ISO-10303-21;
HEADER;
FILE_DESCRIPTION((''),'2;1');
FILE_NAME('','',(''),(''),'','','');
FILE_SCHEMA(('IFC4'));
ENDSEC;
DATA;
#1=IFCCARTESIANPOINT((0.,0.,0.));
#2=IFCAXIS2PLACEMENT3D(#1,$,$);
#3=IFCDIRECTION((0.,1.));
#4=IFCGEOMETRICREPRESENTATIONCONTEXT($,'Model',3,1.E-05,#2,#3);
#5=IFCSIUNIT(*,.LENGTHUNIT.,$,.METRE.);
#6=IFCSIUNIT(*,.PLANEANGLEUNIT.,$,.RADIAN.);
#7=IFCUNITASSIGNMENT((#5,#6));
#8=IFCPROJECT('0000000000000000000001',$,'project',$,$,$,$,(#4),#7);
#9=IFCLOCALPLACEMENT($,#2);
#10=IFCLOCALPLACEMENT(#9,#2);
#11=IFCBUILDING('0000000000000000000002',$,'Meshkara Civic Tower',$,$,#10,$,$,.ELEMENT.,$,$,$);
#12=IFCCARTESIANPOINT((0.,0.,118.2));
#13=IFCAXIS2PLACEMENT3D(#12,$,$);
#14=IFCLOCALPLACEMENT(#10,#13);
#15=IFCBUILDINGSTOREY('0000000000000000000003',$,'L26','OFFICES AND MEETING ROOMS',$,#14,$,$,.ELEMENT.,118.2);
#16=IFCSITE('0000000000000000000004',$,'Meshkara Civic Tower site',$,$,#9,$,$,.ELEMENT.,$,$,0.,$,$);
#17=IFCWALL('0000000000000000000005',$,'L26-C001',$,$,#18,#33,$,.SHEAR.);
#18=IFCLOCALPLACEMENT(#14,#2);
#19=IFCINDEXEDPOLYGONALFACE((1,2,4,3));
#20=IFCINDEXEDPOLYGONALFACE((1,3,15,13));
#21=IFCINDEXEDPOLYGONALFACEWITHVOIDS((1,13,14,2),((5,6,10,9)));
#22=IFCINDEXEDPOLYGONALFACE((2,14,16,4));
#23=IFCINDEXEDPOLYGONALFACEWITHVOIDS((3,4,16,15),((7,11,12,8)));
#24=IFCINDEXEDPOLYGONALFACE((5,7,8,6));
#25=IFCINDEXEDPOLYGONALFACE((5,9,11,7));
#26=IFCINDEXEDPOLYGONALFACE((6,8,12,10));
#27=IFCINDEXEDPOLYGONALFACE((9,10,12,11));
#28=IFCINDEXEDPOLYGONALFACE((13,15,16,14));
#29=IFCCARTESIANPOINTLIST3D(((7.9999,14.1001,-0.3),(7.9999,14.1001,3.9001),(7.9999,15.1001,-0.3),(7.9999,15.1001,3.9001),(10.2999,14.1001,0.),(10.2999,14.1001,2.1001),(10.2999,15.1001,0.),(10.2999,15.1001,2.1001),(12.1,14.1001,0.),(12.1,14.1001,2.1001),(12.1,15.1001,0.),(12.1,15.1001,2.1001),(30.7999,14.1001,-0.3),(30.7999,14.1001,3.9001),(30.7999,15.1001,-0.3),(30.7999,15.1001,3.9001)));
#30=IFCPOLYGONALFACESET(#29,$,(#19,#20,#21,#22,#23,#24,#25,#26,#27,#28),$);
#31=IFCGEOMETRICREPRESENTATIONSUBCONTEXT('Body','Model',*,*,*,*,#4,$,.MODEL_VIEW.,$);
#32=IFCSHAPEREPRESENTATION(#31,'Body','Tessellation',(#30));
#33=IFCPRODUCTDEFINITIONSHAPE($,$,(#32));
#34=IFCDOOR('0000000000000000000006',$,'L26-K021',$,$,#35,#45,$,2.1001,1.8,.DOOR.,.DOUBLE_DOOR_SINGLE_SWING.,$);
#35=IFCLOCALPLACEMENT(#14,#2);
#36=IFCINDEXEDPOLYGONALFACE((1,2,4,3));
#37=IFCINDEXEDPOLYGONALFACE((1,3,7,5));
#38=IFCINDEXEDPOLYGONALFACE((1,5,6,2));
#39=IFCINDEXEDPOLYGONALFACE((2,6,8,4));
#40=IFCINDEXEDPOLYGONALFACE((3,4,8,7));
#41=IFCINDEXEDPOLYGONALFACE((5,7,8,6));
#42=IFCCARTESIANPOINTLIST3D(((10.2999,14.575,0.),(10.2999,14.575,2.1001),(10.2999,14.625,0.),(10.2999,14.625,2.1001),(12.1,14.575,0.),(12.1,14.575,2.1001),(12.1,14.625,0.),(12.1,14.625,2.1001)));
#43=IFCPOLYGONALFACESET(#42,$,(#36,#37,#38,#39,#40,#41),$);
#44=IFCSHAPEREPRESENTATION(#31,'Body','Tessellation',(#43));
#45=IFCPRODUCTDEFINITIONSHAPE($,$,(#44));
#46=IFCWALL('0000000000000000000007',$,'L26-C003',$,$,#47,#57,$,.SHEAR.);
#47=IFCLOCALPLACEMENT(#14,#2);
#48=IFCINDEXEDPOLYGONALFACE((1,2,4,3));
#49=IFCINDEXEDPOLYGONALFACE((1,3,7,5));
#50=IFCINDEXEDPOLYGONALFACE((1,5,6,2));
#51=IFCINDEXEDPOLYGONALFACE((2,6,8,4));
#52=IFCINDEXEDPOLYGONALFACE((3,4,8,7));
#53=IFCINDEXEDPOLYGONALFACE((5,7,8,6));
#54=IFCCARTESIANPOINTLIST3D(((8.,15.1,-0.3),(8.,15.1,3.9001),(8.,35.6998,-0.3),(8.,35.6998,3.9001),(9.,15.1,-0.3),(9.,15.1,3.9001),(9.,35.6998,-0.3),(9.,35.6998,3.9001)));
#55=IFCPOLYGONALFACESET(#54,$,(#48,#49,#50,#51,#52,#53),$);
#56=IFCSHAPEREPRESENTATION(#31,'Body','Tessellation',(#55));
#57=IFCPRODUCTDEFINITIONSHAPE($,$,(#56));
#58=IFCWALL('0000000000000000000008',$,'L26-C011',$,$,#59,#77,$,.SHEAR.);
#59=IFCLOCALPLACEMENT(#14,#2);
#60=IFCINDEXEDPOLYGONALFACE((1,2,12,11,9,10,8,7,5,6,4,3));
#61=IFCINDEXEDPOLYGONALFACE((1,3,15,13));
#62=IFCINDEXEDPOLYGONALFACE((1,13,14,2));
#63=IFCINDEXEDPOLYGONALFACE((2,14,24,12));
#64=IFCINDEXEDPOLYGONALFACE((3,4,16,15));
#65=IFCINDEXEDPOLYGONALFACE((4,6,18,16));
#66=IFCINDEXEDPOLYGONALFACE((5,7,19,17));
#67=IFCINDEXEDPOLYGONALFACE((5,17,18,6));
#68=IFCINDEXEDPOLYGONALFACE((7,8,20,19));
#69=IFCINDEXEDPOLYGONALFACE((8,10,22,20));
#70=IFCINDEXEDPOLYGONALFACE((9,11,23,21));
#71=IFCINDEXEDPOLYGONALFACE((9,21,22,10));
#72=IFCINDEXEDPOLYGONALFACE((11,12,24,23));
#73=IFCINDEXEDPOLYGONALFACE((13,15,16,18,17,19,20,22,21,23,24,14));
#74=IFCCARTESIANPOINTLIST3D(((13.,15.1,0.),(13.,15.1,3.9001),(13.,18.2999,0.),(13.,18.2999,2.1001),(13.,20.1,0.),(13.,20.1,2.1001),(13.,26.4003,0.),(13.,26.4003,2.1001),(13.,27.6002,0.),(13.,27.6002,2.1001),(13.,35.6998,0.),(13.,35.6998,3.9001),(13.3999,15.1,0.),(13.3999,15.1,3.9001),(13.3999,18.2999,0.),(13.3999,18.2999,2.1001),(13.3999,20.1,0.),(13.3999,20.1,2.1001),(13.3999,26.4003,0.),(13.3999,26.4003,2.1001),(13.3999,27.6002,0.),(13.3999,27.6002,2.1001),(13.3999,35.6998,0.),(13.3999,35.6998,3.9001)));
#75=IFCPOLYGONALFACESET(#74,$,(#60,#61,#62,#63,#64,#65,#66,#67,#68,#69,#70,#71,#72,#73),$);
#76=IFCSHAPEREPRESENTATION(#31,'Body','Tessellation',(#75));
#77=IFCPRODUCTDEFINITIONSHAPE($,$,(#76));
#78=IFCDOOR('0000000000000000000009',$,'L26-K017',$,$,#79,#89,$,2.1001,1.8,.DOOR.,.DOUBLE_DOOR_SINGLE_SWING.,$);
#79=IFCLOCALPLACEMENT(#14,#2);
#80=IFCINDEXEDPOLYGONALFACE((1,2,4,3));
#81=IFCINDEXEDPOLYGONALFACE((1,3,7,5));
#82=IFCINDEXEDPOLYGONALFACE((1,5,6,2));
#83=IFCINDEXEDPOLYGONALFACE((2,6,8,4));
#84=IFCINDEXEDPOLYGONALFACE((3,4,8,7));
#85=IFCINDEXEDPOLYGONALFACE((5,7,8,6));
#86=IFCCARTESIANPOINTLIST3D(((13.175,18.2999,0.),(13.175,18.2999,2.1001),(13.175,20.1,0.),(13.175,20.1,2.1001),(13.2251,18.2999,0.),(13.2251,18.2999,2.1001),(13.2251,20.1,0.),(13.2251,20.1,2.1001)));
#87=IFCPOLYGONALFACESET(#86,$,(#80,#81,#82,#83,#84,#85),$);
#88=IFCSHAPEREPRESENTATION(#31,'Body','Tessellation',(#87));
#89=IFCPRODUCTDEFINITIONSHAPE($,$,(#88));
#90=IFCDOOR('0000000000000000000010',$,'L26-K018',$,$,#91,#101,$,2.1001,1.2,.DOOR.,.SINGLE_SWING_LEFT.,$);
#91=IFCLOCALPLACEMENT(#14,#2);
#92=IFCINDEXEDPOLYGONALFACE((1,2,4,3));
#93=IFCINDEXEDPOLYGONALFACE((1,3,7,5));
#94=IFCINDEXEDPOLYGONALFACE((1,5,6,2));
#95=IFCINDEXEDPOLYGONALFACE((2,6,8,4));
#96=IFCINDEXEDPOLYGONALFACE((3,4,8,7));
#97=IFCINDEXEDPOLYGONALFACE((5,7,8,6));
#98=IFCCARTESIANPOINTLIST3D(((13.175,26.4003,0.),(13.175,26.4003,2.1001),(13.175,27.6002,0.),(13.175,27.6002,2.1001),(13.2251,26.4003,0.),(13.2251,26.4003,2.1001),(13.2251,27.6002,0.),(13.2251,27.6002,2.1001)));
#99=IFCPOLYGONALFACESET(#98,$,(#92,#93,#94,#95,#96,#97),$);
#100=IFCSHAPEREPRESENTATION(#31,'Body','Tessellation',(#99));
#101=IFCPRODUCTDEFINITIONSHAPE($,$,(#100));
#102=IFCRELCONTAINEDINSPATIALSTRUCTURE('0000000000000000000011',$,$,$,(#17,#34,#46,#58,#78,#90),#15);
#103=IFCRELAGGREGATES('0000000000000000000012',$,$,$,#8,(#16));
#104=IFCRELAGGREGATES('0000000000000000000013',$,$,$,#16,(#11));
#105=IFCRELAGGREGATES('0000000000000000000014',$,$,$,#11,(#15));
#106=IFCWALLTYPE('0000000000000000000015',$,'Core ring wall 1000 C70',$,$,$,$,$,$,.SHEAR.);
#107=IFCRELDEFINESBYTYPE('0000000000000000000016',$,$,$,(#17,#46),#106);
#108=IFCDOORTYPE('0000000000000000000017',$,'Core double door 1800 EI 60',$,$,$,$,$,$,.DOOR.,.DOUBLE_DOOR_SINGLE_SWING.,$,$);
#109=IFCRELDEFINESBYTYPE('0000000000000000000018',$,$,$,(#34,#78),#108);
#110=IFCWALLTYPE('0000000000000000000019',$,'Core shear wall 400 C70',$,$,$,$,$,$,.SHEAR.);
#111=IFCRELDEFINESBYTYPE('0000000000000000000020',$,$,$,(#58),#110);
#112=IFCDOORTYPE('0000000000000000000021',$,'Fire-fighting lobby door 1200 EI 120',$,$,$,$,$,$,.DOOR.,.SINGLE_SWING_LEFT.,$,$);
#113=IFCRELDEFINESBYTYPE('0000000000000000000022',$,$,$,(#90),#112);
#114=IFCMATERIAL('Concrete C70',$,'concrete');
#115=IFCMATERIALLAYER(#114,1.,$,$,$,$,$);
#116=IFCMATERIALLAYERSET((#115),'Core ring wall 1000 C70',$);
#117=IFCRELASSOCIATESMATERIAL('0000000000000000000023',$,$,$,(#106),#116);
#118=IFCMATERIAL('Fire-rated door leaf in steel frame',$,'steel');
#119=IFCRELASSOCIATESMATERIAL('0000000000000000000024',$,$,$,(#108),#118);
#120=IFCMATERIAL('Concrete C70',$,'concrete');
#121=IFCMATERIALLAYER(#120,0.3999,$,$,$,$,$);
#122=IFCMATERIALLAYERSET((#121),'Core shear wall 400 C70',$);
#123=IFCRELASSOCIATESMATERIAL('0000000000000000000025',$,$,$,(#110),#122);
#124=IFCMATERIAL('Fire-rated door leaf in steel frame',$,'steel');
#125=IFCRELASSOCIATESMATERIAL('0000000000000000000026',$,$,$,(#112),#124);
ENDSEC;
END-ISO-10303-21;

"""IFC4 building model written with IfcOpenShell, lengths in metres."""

from ifc_helpers import new_model, si_unit, direction, frame, frame_2d, origin, place, context, subcontext, project, spatial, rectangle, extrude, material, layer, layer_set, type_object, element, fill, save


model = new_model("IFC4")

# Units and contexts
model_context = context("Model", 3, precision=1e-05, world=origin(), true_north=direction((0.0, 1.0)))
body_context = subcontext(model_context, "Body", "Model", "MODEL_VIEW")
ifc_project = project(units=[si_unit("LENGTHUNIT", "METRE"), si_unit("PLANEANGLEUNIT", "RADIAN")], contexts=[model_context])

# Site, building, storey
site_placement = place(None, origin())
site = spatial("IfcSite", under=ifc_project, at=site_placement, Name="Meshkara Civic Tower site", CompositionType="ELEMENT", RefElevation=0.0)
building_placement = place(site_placement, origin())
building = spatial("IfcBuilding", under=site, at=building_placement, Name="Meshkara Civic Tower", CompositionType="ELEMENT")
storey_placement = place(building_placement, frame((0.0, 0.0, 118.2)))
storey = spatial("IfcBuildingStorey", under=building, at=storey_placement, Name="L26", Description="OFFICES AND MEETING ROOMS", CompositionType="ELEMENT", Elevation=118.2)

# Wall, opening, door
ifc_material_1 = material(Name="Concrete C70", Category="concrete")
ifc_layer_1 = layer(ifc_material_1, 1.0)
ifc_layer_set_1 = layer_set([ifc_layer_1], Name="Core ring wall 1000 C70")
wall_type_1 = type_object("IfcWallType", Name="Core ring wall 1000 C70", PredefinedType="SHEAR", material=ifc_layer_set_1)
wall_1_placement = place(storey_placement, frame((8.0, 14.6001, -0.3), z_axis=(0.0, 0.0, 1.0), x_axis=(1.0, 0.0, 0.0)))
wall_1 = element("IfcWall", 1, at=wall_1_placement, inside=storey, type_object=wall_type_1, Name="L26-C001", PredefinedType="SHEAR", context=body_context, shape_type="SweptSolid", body=[
    extrude(rectangle(XDim=22.8, YDim=1.0, at=frame_2d((11.3999, 0.0))), origin(), (0.0, 0.0, 1.0), 4.2002),
])
opening_1_placement = place(wall_1_placement, frame((2.3, 0.0, 0.3)))
opening_1 = element("IfcOpeningElement", 2, at=opening_1_placement, cuts=wall_1, PredefinedType="OPENING", context=body_context, shape_type="SweptSolid", body=[
    extrude(rectangle(XDim=1.8, YDim=2.1001, at=frame_2d((0.8999, 1.05))), frame((0.0, 0.51, 0.0), z_axis=(0.0, -1.0, 0.0), x_axis=(1.0, 0.0, 0.0)), (0.0, 0.0, 1.0), 1.02),
])
ifc_material_2 = material(Name="Fire-rated door leaf in steel frame", Category="steel")
door_type_1 = type_object("IfcDoorType", Name="Core double door 1800 EI 60", OperationType="DOUBLE_DOOR_SINGLE_SWING", PredefinedType="DOOR", material=ifc_material_2)
door_1_placement = place(opening_1_placement, origin())
door_1 = element("IfcDoor", 3, at=door_1_placement, inside=storey, type_object=door_type_1, Name="L26-K021", OperationType="DOUBLE_DOOR_SINGLE_SWING", OverallHeight=2.1001, OverallWidth=1.8, PredefinedType="DOOR", context=body_context, shape_type="SweptSolid", body=[
    extrude(rectangle(XDim=1.8, YDim=2.1001, at=frame_2d((0.8999, 1.05))), frame((0.0, 0.0249, 0.0), z_axis=(0.0, -1.0, 0.0), x_axis=(1.0, 0.0, 0.0)), (0.0, 0.0, 1.0), 0.05),
])
fill(opening_1, door_1)

# Wall
wall_2_placement = place(storey_placement, frame((8.5, 15.1001, -0.3), z_axis=(0.0, 0.0, 1.0), x_axis=(0.0, 1.0, 0.0)))
element("IfcWall", 4, at=wall_2_placement, inside=storey, type_object=wall_type_1, Name="L26-C003", PredefinedType="SHEAR", context=body_context, shape_type="SweptSolid", body=[
    extrude(rectangle(XDim=20.5999, YDim=1.0, at=frame_2d((10.2998, 0.0))), origin(), (0.0, 0.0, 1.0), 4.2002),
])

# Wall, openings, doors
ifc_material_3 = material(Name="Concrete C70", Category="concrete")
ifc_layer_2 = layer(ifc_material_3, 0.3999)
ifc_layer_set_2 = layer_set([ifc_layer_2], Name="Core shear wall 400 C70")
wall_type_2 = type_object("IfcWallType", Name="Core shear wall 400 C70", PredefinedType="SHEAR", material=ifc_layer_set_2)
wall_3_placement = place(storey_placement, frame((13.2, 15.1001, 0.0), z_axis=(0.0, 0.0, 1.0), x_axis=(0.0, 1.0, 0.0)))
wall_3 = element("IfcWall", 5, at=wall_3_placement, inside=storey, type_object=wall_type_2, Name="L26-C011", PredefinedType="SHEAR", context=body_context, shape_type="SweptSolid", body=[
    extrude(rectangle(XDim=20.5999, YDim=0.3999, at=frame_2d((10.2998, 0.0))), origin(), (0.0, 0.0, 1.0), 3.9001),
])
opening_2_placement = place(wall_3_placement, frame((3.2, 0.0, 0.0)))
opening_2 = element("IfcOpeningElement", 6, at=opening_2_placement, cuts=wall_3, PredefinedType="OPENING", context=body_context, shape_type="SweptSolid", body=[
    extrude(rectangle(XDim=1.8, YDim=2.1001, at=frame_2d((0.8999, 1.05))), frame((0.0, 0.21, 0.0), z_axis=(0.0, -1.0, 0.0), x_axis=(1.0, 0.0, 0.0)), (0.0, 0.0, 1.0), 0.4199),
])
opening_3_placement = place(wall_3_placement, frame((11.3, 0.0, 0.0)))
opening_3 = element("IfcOpeningElement", 7, at=opening_3_placement, cuts=wall_3, PredefinedType="OPENING", context=body_context, shape_type="SweptSolid", body=[
    extrude(rectangle(XDim=1.2, YDim=2.1001, at=frame_2d((0.6001, 1.05))), frame((0.0, 0.21, 0.0), z_axis=(0.0, -1.0, 0.0), x_axis=(1.0, 0.0, 0.0)), (0.0, 0.0, 1.0), 0.4199),
])
door_2_placement = place(opening_2_placement, origin())
door_2 = element("IfcDoor", 8, at=door_2_placement, inside=storey, type_object=door_type_1, Name="L26-K017", OperationType="DOUBLE_DOOR_SINGLE_SWING", OverallHeight=2.1001, OverallWidth=1.8, PredefinedType="DOOR", context=body_context, shape_type="SweptSolid", body=[
    extrude(rectangle(XDim=1.8, YDim=2.1001, at=frame_2d((0.8999, 1.05))), frame((0.0, 0.0249, 0.0), z_axis=(0.0, -1.0, 0.0), x_axis=(1.0, 0.0, 0.0)), (0.0, 0.0, 1.0), 0.05),
])
fill(opening_2, door_2)
ifc_material_4 = material(Name="Fire-rated door leaf in steel frame", Category="steel")
door_type_2 = type_object("IfcDoorType", Name="Fire-fighting lobby door 1200 EI 120", OperationType="SINGLE_SWING_LEFT", PredefinedType="DOOR", material=ifc_material_4)
door_3_placement = place(opening_3_placement, origin())
door_3 = element("IfcDoor", 9, at=door_3_placement, inside=storey, type_object=door_type_2, Name="L26-K018", OperationType="SINGLE_SWING_LEFT", OverallHeight=2.1001, OverallWidth=1.2, PredefinedType="DOOR", context=body_context, shape_type="SweptSolid", body=[
    extrude(rectangle(XDim=1.2, YDim=2.1001, at=frame_2d((0.6001, 1.05))), frame((0.0, 0.0249, 0.0), z_axis=(0.0, -1.0, 0.0), x_axis=(1.0, 0.0, 0.0)), (0.0, 0.0, 1.0), 0.05),
])
fill(opening_3, door_3)

save(model, "model.ifc")
